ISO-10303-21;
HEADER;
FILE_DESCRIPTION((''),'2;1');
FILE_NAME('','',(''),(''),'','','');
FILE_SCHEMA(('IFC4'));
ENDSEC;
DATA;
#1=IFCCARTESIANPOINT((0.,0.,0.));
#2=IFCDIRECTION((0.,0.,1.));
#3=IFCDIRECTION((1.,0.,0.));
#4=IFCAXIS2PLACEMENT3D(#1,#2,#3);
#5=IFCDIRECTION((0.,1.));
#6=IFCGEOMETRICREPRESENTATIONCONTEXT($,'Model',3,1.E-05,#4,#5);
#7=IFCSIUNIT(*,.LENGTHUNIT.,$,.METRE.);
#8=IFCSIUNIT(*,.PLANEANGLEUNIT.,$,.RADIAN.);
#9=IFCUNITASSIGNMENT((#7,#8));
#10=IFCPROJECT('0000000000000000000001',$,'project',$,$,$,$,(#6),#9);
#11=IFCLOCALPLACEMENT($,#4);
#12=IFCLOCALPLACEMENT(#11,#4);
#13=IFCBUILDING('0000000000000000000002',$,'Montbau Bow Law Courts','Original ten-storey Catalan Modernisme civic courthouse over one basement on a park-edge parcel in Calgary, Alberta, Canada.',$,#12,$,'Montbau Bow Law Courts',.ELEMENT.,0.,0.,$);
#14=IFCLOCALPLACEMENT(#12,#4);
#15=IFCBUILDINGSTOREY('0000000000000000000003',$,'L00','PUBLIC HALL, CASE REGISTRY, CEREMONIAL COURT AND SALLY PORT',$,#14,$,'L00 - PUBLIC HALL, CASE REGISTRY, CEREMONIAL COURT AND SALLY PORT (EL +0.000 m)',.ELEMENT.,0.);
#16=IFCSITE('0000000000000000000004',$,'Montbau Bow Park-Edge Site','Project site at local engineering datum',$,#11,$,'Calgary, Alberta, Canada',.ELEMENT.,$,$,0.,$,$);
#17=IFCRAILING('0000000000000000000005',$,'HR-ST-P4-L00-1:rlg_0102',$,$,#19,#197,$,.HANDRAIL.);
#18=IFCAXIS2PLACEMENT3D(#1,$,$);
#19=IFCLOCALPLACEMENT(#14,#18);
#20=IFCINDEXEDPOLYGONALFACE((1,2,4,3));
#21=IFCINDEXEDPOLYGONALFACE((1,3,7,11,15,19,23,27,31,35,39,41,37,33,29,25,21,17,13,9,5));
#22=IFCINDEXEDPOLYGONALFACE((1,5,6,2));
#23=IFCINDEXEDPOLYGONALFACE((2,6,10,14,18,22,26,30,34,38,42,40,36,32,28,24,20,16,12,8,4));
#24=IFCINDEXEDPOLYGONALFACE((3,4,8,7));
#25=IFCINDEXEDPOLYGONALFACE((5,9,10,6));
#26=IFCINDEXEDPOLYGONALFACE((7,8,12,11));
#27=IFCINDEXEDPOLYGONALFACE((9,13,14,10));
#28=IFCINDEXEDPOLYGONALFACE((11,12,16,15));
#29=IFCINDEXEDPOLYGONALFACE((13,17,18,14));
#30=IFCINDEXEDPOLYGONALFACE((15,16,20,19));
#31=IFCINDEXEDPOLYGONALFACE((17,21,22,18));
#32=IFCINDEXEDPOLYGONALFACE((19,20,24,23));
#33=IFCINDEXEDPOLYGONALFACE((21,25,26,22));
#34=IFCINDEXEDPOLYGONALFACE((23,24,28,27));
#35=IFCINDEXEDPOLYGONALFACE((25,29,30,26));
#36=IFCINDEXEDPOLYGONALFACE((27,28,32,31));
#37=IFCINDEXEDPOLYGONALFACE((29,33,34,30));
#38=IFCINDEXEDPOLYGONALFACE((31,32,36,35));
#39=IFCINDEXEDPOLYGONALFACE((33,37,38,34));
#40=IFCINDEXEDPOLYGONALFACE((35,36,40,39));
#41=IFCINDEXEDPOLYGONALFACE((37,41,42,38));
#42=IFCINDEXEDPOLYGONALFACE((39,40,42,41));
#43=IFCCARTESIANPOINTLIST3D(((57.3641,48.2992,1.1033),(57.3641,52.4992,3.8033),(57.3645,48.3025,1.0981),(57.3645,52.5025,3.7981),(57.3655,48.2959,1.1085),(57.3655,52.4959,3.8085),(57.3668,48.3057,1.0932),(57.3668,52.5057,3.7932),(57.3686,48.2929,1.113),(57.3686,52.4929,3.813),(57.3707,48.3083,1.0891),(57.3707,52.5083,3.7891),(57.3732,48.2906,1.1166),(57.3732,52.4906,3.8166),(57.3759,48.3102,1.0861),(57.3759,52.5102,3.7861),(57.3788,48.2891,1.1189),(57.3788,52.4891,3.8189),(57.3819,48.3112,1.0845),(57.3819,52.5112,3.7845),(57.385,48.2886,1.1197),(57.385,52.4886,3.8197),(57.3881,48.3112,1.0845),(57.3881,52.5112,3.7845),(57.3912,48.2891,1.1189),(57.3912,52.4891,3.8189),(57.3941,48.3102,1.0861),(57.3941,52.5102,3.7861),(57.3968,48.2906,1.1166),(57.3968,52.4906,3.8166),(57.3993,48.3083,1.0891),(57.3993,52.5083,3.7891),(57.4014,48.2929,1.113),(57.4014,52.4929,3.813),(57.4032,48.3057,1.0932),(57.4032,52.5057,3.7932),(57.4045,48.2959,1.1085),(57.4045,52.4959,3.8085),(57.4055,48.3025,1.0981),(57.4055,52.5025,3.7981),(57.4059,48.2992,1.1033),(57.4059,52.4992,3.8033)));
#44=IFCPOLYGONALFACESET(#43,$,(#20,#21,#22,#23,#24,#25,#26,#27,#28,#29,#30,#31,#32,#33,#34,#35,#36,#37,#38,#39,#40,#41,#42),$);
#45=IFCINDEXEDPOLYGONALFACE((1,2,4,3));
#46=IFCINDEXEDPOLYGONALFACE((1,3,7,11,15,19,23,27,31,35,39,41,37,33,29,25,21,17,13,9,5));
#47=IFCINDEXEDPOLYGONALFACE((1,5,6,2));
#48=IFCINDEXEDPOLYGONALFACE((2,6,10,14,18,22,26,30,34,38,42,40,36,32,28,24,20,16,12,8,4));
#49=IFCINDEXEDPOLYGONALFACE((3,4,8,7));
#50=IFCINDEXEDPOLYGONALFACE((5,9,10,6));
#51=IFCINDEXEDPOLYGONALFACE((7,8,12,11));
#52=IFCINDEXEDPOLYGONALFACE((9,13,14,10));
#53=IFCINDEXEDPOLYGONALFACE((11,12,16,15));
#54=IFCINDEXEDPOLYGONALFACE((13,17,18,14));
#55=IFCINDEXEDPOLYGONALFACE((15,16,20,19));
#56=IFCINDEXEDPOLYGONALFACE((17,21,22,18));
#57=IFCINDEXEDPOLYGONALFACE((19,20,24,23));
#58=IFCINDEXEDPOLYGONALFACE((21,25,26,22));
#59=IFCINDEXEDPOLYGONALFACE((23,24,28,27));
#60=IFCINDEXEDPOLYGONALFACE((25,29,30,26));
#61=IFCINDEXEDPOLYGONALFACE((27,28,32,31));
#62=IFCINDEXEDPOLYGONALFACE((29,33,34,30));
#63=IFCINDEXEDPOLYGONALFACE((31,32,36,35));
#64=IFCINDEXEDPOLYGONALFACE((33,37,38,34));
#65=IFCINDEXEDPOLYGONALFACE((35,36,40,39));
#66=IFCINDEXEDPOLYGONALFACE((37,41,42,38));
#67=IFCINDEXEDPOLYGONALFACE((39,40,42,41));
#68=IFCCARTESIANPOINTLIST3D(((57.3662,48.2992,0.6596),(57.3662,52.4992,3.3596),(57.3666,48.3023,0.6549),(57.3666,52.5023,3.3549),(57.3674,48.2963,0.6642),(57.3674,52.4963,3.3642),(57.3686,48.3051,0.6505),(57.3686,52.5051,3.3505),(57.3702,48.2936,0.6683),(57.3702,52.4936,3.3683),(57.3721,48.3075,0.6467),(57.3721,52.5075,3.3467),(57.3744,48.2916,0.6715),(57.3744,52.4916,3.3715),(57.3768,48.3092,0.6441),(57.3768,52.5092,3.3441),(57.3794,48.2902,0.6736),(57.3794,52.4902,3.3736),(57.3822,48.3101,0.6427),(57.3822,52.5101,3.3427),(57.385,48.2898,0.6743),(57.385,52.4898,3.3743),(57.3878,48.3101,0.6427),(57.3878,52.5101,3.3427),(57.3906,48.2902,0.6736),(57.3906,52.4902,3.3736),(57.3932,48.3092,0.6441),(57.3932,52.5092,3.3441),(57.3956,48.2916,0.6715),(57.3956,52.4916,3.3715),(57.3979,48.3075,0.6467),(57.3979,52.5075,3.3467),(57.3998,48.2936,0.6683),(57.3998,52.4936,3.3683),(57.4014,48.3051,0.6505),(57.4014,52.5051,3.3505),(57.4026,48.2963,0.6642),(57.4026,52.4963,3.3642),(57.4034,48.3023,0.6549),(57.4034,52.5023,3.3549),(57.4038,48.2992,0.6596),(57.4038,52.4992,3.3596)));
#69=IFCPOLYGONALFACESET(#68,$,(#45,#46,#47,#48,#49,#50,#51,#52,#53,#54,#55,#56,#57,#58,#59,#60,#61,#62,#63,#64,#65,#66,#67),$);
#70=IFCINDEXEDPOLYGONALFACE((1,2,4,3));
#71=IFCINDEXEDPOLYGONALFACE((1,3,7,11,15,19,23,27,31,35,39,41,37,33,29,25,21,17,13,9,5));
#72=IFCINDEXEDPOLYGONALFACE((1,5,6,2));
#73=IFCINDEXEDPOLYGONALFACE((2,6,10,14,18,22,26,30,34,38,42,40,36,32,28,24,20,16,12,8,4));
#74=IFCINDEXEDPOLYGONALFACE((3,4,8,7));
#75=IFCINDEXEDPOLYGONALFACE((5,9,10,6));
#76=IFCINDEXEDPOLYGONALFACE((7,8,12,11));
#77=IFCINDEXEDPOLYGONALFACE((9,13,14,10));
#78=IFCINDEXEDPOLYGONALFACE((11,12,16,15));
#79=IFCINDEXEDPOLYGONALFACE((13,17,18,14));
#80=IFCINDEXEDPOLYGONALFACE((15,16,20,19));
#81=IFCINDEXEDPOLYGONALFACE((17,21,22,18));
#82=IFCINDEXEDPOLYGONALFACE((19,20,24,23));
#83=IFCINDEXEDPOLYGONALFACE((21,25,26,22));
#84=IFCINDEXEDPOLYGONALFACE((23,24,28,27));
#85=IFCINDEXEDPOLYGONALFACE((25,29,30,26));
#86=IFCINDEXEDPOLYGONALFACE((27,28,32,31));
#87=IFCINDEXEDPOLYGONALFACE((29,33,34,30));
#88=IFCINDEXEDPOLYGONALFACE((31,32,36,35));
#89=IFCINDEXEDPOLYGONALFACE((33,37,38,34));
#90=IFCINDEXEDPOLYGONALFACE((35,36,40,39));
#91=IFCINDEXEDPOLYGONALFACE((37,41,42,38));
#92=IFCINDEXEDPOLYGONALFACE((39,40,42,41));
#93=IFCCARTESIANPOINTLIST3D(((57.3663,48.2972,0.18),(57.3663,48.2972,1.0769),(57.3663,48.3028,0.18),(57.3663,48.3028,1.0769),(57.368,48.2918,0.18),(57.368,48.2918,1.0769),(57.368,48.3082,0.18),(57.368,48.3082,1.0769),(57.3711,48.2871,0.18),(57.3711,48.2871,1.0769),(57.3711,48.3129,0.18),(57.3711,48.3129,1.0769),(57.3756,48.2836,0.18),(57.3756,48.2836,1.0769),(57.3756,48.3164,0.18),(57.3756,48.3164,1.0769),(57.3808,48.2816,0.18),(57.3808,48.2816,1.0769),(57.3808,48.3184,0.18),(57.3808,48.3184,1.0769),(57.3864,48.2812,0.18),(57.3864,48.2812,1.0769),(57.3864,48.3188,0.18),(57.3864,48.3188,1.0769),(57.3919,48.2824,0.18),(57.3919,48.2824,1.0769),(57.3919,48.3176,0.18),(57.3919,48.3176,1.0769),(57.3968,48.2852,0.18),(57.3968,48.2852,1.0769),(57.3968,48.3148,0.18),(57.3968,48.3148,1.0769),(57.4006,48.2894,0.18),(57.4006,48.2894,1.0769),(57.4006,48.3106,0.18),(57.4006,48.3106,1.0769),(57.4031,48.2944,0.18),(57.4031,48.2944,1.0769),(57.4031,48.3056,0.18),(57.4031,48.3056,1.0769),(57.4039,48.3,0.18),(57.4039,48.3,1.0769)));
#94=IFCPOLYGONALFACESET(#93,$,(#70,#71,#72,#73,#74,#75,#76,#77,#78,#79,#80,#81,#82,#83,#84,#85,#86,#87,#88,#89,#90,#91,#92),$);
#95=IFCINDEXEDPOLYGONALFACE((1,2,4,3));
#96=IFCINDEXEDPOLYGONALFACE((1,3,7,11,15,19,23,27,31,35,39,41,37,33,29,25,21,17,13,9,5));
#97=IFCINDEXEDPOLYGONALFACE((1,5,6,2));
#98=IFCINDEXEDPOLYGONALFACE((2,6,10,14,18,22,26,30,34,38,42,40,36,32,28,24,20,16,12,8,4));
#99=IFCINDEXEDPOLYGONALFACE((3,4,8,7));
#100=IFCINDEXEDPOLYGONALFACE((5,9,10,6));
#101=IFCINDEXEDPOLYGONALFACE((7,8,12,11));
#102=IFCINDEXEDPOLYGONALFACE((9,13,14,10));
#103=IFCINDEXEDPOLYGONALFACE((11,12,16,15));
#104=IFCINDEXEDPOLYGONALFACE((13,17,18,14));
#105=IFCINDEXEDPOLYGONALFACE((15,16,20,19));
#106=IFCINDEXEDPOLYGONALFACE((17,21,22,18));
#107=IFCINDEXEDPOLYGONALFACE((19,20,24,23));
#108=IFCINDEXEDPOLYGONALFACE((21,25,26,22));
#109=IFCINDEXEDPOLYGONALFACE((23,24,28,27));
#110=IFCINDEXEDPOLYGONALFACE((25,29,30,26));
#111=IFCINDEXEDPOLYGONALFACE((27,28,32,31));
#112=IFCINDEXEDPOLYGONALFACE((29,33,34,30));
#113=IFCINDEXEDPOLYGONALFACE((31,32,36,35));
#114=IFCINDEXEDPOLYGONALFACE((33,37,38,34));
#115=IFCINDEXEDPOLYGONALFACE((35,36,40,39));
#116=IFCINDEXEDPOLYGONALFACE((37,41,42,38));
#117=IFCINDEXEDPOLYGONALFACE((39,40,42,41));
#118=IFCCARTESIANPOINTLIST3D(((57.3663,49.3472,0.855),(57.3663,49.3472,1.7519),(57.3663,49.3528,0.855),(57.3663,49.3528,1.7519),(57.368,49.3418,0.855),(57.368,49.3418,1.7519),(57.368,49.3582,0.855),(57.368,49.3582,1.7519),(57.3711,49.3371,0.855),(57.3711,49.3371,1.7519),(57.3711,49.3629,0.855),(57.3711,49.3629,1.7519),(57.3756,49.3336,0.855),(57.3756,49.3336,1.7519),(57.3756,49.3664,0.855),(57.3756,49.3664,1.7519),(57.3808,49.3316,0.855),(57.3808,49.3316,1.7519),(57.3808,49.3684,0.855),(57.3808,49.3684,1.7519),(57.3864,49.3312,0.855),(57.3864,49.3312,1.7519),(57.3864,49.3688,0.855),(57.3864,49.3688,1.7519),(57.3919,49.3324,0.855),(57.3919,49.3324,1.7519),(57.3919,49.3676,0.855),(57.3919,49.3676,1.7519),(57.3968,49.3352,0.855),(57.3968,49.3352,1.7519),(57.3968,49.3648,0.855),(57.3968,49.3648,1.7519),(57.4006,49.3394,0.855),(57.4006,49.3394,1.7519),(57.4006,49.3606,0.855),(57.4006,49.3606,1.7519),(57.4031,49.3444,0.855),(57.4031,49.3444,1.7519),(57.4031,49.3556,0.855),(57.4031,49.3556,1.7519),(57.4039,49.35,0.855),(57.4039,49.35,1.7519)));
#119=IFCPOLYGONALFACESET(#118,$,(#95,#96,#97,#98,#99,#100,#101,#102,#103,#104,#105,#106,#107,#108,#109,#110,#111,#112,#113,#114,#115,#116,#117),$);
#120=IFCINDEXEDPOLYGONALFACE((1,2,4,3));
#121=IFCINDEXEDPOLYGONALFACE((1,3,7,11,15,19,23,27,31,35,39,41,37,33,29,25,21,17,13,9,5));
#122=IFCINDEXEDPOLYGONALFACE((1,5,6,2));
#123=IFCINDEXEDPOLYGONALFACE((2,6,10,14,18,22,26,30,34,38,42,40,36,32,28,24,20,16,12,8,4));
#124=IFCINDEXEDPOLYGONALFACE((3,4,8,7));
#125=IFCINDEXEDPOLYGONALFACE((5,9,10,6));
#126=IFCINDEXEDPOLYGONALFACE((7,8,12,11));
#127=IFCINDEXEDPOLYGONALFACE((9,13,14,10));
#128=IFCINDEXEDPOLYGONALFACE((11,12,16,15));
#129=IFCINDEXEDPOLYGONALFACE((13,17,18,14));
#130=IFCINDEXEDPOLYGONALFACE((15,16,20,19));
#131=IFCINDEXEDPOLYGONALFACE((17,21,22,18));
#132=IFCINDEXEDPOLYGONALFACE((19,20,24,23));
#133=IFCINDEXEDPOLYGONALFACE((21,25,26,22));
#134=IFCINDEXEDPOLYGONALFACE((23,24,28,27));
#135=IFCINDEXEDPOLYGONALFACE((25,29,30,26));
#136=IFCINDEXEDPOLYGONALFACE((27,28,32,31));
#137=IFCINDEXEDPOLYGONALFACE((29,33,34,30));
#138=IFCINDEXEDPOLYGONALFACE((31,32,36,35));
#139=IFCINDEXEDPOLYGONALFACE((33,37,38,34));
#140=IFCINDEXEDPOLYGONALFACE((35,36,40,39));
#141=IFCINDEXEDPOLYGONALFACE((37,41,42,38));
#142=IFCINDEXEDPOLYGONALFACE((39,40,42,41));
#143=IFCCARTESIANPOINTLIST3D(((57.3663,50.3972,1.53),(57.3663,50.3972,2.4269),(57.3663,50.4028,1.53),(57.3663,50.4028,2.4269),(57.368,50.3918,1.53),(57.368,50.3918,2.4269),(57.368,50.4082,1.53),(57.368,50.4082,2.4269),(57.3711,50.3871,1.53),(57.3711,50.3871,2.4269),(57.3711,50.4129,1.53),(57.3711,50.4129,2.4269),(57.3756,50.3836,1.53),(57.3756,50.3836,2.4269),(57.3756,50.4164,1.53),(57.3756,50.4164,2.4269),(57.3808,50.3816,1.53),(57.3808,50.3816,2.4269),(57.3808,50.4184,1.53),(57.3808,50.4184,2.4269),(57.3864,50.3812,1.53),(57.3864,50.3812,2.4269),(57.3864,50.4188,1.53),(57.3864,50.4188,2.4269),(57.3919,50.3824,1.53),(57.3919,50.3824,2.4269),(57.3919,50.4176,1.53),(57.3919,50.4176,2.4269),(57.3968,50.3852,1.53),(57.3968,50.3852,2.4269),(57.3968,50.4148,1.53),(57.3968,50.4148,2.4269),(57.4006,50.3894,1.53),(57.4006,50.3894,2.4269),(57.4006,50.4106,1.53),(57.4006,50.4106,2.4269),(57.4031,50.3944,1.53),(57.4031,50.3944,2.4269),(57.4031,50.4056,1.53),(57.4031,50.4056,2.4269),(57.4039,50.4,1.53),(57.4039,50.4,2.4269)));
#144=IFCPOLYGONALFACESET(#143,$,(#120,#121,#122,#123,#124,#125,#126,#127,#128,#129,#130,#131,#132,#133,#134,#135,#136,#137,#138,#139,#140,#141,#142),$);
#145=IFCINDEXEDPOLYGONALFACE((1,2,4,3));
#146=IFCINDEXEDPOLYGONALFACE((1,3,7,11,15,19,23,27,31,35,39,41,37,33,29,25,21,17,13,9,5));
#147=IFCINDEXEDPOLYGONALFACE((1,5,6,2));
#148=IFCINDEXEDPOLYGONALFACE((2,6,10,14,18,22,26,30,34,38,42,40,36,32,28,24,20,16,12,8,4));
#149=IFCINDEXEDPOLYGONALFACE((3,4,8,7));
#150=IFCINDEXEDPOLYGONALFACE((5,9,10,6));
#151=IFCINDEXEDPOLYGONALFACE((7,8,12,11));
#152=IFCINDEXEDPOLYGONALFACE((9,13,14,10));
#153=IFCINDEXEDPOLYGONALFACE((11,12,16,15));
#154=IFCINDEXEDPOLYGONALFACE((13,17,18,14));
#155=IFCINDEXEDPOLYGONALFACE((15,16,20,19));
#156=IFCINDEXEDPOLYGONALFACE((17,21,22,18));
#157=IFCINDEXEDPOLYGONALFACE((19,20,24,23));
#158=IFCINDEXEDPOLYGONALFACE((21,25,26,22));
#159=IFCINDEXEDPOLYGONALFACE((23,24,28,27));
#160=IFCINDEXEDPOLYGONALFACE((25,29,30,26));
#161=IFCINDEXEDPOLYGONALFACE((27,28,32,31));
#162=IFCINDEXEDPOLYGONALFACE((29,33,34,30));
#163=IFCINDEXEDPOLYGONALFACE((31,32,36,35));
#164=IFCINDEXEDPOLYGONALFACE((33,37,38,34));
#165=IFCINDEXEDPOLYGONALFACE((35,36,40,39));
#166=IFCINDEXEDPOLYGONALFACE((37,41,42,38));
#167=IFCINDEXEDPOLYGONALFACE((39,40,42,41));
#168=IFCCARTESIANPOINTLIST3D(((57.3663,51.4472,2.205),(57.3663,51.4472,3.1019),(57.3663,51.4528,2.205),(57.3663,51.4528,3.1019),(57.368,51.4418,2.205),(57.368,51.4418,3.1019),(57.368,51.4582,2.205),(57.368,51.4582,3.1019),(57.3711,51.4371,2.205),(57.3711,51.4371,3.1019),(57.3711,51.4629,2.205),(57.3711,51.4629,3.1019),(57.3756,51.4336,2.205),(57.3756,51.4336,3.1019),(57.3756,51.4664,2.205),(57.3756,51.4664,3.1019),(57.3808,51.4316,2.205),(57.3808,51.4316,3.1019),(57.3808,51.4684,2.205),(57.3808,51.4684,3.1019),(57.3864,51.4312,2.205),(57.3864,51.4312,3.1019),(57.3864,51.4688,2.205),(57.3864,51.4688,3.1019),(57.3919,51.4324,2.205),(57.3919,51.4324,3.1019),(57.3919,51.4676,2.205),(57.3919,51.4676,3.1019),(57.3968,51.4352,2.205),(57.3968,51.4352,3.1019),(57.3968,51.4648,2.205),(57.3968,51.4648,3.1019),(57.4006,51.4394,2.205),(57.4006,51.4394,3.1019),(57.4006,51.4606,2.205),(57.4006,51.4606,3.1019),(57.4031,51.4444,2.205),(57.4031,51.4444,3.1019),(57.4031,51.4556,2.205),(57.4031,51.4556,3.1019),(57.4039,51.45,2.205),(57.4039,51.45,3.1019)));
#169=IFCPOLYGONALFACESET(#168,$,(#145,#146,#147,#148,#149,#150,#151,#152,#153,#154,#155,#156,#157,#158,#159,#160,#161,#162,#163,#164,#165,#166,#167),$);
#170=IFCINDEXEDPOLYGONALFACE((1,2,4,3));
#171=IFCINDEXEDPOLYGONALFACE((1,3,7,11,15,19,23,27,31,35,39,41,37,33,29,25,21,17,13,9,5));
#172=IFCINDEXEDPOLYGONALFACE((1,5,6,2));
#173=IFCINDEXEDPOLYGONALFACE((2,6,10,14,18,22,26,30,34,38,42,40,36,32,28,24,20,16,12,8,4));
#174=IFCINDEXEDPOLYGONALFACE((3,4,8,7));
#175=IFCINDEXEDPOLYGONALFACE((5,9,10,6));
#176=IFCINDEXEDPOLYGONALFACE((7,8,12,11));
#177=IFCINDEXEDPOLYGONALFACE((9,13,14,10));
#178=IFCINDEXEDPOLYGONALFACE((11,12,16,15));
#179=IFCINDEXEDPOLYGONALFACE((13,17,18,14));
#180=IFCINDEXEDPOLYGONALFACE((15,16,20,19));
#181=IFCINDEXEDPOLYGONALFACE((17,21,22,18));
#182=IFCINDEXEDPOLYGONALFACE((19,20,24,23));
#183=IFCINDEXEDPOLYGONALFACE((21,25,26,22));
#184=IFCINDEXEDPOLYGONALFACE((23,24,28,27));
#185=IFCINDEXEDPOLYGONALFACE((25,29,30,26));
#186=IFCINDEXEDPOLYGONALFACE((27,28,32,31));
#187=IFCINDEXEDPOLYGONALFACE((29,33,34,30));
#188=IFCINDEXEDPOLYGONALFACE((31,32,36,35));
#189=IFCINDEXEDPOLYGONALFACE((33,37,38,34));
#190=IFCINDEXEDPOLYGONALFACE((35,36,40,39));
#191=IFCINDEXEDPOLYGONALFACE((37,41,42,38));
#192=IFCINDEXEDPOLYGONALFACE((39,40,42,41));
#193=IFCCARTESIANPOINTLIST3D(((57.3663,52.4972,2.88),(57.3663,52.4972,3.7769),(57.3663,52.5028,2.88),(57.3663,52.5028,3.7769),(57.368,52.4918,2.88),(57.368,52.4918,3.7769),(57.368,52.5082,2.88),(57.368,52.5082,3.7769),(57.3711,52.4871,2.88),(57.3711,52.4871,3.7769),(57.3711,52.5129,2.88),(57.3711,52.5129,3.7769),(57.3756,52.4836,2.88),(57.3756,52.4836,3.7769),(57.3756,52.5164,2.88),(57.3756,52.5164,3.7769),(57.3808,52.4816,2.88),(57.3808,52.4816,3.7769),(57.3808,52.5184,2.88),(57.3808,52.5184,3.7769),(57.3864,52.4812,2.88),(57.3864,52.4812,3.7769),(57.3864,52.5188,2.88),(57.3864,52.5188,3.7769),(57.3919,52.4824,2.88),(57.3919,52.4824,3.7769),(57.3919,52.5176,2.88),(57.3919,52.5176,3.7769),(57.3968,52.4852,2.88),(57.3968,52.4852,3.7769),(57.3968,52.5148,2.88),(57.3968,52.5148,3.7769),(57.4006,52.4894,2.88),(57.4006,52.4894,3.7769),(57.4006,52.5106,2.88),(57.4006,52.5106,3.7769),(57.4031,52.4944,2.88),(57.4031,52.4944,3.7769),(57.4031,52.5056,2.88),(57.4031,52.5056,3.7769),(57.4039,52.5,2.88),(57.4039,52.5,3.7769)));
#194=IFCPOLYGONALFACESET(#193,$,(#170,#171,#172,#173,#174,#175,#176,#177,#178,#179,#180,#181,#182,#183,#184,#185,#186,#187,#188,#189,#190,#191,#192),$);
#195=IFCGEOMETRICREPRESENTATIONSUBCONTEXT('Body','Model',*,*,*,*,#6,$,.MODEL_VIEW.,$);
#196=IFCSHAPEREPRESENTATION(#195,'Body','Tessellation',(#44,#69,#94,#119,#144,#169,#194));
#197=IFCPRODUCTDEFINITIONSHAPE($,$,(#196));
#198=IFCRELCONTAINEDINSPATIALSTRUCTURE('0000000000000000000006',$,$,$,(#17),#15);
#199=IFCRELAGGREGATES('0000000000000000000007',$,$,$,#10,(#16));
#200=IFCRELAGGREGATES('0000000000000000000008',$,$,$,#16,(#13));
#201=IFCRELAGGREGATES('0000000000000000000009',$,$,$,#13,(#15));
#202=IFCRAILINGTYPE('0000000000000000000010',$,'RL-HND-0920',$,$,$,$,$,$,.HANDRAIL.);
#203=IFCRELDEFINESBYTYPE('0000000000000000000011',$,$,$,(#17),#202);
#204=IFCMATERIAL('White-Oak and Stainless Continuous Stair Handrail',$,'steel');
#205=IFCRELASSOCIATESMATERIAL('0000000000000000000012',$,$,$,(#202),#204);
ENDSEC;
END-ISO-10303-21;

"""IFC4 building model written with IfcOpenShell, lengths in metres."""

from ifc_helpers import new_model, si_unit, direction, frame, origin_with_axes, origin_2d_with_axis, place, context, subcontext, project, spatial, circle, extrude, material, type_object, element, save


model = new_model("IFC4")

# Units and contexts
model_context = context("Model", 3, precision=1e-05, world=origin_with_axes(), true_north=direction((0.0, 1.0)))
body_context = subcontext(model_context, "Body", "Model", "MODEL_VIEW")
ifc_project = project(units=[si_unit("LENGTHUNIT", "METRE"), si_unit("PLANEANGLEUNIT", "RADIAN")], contexts=[model_context])

# Site, building, storey
site_placement = place(None, origin_with_axes())
site = spatial("IfcSite", under=ifc_project, at=site_placement, Name="Montbau Bow Park-Edge Site", Description="Project site at local engineering datum", LongName="Calgary, Alberta, Canada", CompositionType="ELEMENT", RefElevation=0.0)
building_placement = place(site_placement, origin_with_axes())
building = spatial("IfcBuilding", under=site, at=building_placement, Name="Montbau Bow Law Courts", Description="Original ten-storey Catalan Modernisme civic courthouse over one basement on a park-edge parcel in Calgary, Alberta, Canada.", LongName="Montbau Bow Law Courts", CompositionType="ELEMENT", ElevationOfRefHeight=0.0, ElevationOfTerrain=0.0)
storey_placement = place(building_placement, origin_with_axes())
storey = spatial("IfcBuildingStorey", under=building, at=storey_placement, Name="L00", Description="PUBLIC HALL, CASE REGISTRY, CEREMONIAL COURT AND SALLY PORT", LongName="L00 - PUBLIC HALL, CASE REGISTRY, CEREMONIAL COURT AND SALLY PORT (EL +0.000 m)", CompositionType="ELEMENT", Elevation=0.0)

# Railing
ifc_material_1 = material(Name="White-Oak and Stainless Continuous Stair Handrail", Category="steel")
railing_type_1 = type_object("IfcRailingType", Name="RL-HND-0920", PredefinedType="HANDRAIL", material=ifc_material_1)
railing_1_placement = place(None, origin_with_axes())
element("IfcRailing", 1, at=railing_1_placement, inside=storey, type_object=railing_type_1, Name="HR-ST-P4-L00-1:rlg_0102", PredefinedType="HANDRAIL", context=body_context, shape_type="SweptSolid", body=[
    extrude(circle(Radius=0.021, at=origin_2d_with_axis()), frame((57.385, 48.3, 1.102), z_axis=(0.0, 0.841178, 0.540758), x_axis=(0.0, -0.540758, 0.841178)), (0.0, 0.0, 1.0), 4.993),
    extrude(circle(Radius=0.0189, at=origin_2d_with_axis()), frame((57.385, 48.3, 0.6584), z_axis=(0.0, 0.841178, 0.540758), x_axis=(0.0, -0.540758, 0.841178)), (0.0, 0.0, 1.0), 4.993),
    extrude(circle(Radius=0.0189, at=origin_2d_with_axis()), frame((57.385, 48.3, 0.18), z_axis=(0.0, 0.0, 1.0), x_axis=(1.0, 0.0, 0.0)), (0.0, 0.0, 1.0), 0.8969),
    extrude(circle(Radius=0.0189, at=origin_2d_with_axis()), frame((57.385, 49.35, 0.855), z_axis=(0.0, 0.0, 1.0), x_axis=(1.0, 0.0, 0.0)), (0.0, 0.0, 1.0), 0.8969),
    extrude(circle(Radius=0.0189, at=origin_2d_with_axis()), frame((57.385, 50.4, 1.53), z_axis=(0.0, 0.0, 1.0), x_axis=(1.0, 0.0, 0.0)), (0.0, 0.0, 1.0), 0.8969),
    extrude(circle(Radius=0.0189, at=origin_2d_with_axis()), frame((57.385, 51.45, 2.205), z_axis=(0.0, 0.0, 1.0), x_axis=(1.0, 0.0, 0.0)), (0.0, 0.0, 1.0), 0.8969),
    extrude(circle(Radius=0.0189, at=origin_2d_with_axis()), frame((57.385, 52.5, 2.88), z_axis=(0.0, 0.0, 1.0), x_axis=(1.0, 0.0, 0.0)), (0.0, 0.0, 1.0), 0.8969),
])

save(model, "model.ifc")
